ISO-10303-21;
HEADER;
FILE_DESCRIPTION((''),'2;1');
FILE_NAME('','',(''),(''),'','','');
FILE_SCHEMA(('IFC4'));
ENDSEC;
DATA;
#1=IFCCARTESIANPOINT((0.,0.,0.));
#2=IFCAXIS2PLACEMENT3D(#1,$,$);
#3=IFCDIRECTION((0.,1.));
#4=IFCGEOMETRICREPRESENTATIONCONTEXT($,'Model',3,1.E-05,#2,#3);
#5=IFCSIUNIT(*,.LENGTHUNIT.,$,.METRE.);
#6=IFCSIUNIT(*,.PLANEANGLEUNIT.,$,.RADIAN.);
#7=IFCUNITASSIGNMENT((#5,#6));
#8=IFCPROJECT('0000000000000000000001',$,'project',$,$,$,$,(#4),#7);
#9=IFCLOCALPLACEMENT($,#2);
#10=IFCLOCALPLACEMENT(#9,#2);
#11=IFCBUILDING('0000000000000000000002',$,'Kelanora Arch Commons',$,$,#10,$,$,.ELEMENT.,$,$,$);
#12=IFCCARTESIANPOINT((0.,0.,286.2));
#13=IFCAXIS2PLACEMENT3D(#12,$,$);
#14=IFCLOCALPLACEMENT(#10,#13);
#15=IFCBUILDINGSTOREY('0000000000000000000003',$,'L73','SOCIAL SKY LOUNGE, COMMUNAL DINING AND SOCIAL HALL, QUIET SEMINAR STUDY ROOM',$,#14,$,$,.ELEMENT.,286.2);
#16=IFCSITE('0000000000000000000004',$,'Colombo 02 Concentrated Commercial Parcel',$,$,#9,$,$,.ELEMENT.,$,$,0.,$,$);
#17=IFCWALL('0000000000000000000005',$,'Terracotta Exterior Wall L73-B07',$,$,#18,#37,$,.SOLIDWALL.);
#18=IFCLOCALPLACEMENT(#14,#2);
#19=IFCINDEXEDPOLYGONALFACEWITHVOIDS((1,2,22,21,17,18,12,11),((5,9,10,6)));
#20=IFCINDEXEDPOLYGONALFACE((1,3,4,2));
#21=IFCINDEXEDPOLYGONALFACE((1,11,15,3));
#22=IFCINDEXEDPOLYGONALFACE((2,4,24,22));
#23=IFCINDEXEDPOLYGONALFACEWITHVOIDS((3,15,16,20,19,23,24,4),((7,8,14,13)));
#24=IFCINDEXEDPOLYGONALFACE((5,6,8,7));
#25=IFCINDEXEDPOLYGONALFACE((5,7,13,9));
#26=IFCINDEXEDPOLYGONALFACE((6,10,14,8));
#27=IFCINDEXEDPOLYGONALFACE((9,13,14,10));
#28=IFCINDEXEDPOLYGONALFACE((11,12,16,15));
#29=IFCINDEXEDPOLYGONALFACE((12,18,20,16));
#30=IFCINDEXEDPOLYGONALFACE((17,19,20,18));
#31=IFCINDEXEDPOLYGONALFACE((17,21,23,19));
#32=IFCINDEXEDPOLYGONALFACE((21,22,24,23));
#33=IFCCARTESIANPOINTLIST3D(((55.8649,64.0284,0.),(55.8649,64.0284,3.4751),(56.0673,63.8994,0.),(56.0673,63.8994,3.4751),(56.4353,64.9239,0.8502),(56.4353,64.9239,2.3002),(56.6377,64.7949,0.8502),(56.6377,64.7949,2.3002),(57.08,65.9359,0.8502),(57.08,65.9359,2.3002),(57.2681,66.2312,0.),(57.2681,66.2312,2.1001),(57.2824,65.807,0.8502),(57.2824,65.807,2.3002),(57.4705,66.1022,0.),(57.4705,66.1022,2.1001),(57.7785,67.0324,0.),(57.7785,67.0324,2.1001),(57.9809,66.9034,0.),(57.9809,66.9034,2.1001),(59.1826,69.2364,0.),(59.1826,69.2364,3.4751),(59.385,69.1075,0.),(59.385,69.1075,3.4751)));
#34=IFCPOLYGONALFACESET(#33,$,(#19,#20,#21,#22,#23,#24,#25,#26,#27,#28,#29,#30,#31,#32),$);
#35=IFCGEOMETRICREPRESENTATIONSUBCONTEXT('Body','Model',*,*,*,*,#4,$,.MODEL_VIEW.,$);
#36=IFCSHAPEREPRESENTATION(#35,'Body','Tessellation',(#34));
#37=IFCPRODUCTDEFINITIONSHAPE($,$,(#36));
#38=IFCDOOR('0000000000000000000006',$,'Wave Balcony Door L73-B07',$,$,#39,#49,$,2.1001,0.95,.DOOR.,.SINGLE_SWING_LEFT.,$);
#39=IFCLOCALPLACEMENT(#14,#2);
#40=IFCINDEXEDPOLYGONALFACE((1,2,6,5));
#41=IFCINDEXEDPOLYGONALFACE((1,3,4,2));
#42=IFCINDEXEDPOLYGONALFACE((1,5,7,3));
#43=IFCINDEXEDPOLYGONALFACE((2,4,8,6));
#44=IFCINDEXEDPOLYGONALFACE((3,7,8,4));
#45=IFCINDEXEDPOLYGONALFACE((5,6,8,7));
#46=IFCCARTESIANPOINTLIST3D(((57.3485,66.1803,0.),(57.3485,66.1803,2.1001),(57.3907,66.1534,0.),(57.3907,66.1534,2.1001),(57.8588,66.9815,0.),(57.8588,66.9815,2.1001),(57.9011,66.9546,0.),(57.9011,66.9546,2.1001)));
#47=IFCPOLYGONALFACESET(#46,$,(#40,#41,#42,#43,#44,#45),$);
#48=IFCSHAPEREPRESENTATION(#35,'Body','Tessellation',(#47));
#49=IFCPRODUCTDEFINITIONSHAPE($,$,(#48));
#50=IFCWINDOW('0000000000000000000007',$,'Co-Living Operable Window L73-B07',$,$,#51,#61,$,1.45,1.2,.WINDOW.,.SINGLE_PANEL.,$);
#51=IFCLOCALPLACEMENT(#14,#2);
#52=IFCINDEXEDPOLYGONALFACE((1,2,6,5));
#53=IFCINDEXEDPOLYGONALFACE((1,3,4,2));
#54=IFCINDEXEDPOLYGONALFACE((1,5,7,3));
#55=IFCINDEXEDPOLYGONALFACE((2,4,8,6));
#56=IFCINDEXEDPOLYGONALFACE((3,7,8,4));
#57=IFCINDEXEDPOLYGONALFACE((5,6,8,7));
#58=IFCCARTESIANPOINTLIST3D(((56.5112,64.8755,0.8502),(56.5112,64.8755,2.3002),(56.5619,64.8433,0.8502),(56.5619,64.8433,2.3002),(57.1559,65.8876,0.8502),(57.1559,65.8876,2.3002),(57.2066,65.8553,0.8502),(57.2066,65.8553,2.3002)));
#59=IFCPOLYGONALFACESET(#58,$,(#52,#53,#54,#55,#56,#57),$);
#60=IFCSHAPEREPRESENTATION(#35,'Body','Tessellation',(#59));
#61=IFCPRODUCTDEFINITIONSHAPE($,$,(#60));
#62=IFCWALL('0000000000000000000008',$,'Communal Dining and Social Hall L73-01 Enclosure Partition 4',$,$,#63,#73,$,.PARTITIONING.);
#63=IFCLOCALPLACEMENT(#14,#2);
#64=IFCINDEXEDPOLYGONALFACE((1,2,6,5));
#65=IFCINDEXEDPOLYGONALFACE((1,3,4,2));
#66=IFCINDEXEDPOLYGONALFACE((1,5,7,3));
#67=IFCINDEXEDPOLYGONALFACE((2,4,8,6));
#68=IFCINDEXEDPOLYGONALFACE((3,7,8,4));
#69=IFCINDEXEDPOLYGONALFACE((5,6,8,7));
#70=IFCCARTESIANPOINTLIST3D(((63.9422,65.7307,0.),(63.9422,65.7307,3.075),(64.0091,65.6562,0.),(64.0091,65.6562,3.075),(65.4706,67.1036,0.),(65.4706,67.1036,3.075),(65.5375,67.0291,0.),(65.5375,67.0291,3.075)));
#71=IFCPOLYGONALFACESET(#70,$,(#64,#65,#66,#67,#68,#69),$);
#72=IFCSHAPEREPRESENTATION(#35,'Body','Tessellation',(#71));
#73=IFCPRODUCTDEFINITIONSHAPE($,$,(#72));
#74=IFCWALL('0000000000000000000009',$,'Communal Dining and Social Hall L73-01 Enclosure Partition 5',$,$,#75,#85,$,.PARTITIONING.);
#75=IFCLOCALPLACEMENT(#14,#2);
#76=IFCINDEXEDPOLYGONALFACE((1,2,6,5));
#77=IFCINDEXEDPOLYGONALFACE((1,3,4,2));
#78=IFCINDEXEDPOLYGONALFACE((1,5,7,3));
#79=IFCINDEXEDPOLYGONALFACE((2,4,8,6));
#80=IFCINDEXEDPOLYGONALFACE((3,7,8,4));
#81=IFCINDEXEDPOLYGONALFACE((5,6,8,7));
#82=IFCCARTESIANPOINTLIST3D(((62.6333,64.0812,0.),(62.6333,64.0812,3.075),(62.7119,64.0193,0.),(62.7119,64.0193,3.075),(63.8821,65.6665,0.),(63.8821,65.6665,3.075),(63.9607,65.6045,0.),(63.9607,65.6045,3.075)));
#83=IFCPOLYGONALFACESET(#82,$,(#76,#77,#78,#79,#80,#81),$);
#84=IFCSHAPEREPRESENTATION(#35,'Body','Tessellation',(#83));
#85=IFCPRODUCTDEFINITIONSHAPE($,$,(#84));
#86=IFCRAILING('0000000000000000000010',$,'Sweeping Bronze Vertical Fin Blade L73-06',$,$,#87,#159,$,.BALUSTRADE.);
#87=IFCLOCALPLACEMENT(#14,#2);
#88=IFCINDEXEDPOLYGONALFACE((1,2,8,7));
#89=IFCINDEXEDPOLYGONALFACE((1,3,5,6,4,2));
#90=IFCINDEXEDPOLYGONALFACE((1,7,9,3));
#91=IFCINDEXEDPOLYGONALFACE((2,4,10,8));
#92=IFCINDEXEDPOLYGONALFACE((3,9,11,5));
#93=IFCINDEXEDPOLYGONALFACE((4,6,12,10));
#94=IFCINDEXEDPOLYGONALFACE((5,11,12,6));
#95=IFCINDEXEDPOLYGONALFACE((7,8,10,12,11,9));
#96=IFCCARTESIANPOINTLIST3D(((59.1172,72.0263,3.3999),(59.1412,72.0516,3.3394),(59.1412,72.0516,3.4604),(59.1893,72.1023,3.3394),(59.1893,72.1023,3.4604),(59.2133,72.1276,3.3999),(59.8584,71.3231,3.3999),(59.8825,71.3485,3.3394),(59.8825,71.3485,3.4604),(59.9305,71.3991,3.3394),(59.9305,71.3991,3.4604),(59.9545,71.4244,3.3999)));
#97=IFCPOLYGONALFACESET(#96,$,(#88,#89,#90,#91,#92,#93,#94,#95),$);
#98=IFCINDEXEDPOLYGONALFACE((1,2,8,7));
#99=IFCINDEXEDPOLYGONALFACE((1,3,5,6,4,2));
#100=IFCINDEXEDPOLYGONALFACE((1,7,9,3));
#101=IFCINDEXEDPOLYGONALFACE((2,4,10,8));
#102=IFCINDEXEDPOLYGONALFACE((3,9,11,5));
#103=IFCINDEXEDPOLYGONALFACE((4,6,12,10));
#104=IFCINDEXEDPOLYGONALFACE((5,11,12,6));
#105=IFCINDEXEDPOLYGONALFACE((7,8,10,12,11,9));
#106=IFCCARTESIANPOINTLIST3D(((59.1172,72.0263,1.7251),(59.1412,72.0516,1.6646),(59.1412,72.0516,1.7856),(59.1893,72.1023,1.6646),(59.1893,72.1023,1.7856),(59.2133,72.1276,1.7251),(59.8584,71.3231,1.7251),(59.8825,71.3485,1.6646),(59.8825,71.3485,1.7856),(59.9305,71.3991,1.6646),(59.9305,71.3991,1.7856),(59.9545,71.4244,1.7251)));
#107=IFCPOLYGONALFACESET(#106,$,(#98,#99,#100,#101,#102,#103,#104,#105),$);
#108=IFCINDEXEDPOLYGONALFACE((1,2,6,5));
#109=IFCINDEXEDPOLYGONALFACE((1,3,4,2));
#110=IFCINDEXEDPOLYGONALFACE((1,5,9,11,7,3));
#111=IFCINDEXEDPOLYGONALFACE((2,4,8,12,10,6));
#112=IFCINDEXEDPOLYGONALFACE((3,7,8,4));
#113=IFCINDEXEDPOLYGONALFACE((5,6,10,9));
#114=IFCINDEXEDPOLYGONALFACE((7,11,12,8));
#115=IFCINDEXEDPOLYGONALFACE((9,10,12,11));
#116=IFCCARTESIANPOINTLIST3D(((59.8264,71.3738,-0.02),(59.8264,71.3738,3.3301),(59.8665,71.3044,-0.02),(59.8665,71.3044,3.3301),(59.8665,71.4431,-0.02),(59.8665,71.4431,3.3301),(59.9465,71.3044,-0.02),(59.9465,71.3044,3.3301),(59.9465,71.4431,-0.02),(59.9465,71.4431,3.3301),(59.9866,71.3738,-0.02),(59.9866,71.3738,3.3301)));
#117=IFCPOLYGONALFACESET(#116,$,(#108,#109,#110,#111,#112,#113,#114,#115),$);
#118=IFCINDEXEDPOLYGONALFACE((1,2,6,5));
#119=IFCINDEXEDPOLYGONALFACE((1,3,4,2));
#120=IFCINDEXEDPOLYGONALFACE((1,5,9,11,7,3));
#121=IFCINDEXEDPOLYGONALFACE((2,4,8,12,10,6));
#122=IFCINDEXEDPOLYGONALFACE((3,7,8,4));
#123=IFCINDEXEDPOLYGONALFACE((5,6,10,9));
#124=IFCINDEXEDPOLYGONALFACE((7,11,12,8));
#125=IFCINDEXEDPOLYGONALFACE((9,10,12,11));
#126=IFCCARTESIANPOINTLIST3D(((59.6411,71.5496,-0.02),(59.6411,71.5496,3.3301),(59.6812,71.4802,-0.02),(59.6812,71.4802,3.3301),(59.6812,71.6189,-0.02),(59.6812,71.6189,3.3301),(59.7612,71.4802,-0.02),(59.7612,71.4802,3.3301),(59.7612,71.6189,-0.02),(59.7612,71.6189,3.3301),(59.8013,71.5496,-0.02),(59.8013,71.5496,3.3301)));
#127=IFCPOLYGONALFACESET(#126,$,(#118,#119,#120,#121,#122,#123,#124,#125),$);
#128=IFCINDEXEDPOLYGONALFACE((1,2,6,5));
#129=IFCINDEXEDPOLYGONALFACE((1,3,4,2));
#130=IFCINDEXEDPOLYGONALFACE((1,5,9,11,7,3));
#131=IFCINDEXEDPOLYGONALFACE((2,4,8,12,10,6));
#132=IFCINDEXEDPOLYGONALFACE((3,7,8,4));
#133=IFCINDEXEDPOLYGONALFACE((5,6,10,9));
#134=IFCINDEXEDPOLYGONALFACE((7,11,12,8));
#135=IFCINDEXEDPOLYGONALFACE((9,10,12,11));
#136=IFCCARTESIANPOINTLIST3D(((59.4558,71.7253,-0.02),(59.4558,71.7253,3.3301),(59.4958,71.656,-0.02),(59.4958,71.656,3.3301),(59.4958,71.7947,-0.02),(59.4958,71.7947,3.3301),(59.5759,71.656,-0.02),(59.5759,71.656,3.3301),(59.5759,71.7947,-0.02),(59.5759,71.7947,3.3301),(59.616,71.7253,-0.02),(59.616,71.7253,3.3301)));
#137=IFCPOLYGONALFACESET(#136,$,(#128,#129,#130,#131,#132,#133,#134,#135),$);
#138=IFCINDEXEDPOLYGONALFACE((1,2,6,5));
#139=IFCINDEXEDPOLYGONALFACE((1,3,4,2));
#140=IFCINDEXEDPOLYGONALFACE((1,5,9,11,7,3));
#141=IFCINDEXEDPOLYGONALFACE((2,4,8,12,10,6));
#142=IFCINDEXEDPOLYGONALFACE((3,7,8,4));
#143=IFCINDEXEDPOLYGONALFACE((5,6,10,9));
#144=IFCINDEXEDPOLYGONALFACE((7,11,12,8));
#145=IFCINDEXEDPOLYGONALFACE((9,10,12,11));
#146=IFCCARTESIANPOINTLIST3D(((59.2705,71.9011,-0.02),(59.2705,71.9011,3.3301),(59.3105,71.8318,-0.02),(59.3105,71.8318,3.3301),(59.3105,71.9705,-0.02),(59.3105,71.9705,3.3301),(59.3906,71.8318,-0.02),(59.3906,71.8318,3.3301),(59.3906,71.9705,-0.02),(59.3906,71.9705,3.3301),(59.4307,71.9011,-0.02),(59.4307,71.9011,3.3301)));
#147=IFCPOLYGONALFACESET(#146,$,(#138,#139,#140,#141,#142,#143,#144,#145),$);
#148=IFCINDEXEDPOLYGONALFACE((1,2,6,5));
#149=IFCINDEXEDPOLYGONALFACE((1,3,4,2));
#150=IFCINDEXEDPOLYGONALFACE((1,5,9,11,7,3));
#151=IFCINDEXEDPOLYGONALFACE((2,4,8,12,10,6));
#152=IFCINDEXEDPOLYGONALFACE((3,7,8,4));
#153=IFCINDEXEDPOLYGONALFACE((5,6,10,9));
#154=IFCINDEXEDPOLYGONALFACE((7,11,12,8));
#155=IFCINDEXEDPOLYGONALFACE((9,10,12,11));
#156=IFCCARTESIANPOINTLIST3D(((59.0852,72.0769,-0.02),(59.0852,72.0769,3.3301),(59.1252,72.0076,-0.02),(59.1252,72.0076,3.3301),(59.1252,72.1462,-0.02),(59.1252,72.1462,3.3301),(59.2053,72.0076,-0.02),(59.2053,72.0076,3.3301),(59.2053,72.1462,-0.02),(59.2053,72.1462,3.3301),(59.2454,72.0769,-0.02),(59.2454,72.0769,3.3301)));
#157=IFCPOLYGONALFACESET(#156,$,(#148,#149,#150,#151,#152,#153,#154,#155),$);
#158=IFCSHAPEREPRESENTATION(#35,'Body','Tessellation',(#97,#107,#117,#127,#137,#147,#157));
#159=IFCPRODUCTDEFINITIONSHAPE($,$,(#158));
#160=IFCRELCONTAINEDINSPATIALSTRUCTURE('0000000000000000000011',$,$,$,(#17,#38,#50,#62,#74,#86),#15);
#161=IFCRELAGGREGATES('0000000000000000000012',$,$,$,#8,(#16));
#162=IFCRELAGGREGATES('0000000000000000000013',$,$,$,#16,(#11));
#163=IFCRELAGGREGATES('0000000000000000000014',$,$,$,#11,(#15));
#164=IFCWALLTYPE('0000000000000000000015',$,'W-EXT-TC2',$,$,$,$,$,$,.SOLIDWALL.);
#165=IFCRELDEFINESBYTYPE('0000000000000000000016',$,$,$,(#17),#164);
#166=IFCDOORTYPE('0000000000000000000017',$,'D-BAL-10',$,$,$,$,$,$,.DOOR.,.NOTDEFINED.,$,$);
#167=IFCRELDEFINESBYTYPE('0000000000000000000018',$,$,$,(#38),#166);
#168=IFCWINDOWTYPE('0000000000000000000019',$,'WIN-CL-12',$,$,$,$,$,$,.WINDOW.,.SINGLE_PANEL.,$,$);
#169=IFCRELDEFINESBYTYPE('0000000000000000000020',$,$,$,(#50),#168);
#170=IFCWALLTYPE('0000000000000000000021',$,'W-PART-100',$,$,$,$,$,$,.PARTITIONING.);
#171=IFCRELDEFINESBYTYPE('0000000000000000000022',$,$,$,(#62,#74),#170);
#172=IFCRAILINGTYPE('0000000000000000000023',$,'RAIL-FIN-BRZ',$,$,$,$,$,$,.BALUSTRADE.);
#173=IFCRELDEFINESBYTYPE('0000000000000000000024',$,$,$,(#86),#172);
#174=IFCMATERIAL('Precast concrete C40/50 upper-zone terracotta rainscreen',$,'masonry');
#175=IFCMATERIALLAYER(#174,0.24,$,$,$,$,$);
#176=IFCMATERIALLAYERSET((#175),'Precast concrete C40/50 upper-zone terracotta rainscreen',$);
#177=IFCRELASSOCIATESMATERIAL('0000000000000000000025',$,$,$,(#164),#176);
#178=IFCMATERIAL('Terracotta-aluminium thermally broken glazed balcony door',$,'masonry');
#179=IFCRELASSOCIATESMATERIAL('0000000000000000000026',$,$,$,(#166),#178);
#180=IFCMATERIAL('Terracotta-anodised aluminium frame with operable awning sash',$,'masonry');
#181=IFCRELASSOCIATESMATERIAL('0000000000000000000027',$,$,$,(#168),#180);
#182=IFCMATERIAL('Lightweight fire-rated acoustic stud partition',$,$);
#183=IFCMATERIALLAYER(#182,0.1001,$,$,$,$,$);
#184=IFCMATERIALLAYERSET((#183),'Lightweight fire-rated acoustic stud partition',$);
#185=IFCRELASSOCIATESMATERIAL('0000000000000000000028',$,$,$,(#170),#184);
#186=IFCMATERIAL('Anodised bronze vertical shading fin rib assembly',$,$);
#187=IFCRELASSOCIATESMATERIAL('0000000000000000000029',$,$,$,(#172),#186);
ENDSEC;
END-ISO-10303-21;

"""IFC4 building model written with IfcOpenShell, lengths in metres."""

from ifc_helpers import new_model, si_unit, direction, frame, frame_2d, origin, place, context, subcontext, project, spatial, polyline, rectangle, outline, extrude, material, layer, layer_set, type_object, element, fill, save


model = new_model("IFC4")

# Units and contexts
model_context = context("Model", 3, precision=1e-05, world=origin(), true_north=direction((0.0, 1.0)))
body_context = subcontext(model_context, "Body", "Model", "MODEL_VIEW")
ifc_project = project(units=[si_unit("LENGTHUNIT", "METRE"), si_unit("PLANEANGLEUNIT", "RADIAN")], contexts=[model_context])

# Site, building, storey
site_placement = place(None, origin())
site = spatial("IfcSite", under=ifc_project, at=site_placement, Name="Colombo 02 Concentrated Commercial Parcel", CompositionType="ELEMENT", RefElevation=0.0)
building_placement = place(site_placement, origin())
building = spatial("IfcBuilding", under=site, at=building_placement, Name="Kelanora Arch Commons", CompositionType="ELEMENT")
storey_placement = place(building_placement, frame((0.0, 0.0, 286.2)))
storey = spatial("IfcBuildingStorey", under=building, at=storey_placement, Name="L73", Description="SOCIAL SKY LOUNGE, COMMUNAL DINING AND SOCIAL HALL, QUIET SEMINAR STUDY ROOM", CompositionType="ELEMENT", Elevation=286.2)

# Shared definitions
ifc_material_1 = material(Name="Precast concrete C40/50 upper-zone terracotta rainscreen", Category="masonry")
ifc_layer_1 = layer(ifc_material_1, 0.24)
ifc_layer_set_1 = layer_set([ifc_layer_1], Name="Precast concrete C40/50 upper-zone terracotta rainscreen")
wall_type_1 = type_object("IfcWallType", Name="W-EXT-TC2", PredefinedType="SOLIDWALL", material=ifc_layer_set_1)

# Wall, openings, door, window
wall_1_placement = place(storey_placement, frame((59.2837, 69.1719, 0.0), z_axis=(0.0, 0.0, 1.0), x_axis=(-0.537272, -0.843409, 0.0)))
wall_1 = element("IfcWall", 1, at=wall_1_placement, inside=storey, type_object=wall_type_1, Name="Terracotta Exterior Wall L73-B07", PredefinedType="SOLIDWALL", context=body_context, shape_type="SweptSolid", body=[
    extrude(rectangle(XDim=6.175, YDim=0.24, at=frame_2d((3.0874, 0.0))), origin(), (0.0, 0.0, 1.0), 3.4751),
])
opening_1_placement = place(wall_1_placement, frame((2.613, 0.0, 0.0)))
opening_1 = element("IfcOpeningElement", 2, at=opening_1_placement, cuts=wall_1, PredefinedType="OPENING", context=body_context, shape_type="SweptSolid", body=[
    extrude(rectangle(XDim=0.95, YDim=2.1001, at=frame_2d((0.4751, 1.05))), frame((0.0, 0.1299, 0.0), z_axis=(0.0, -1.0, 0.0), x_axis=(1.0, 0.0, 0.0)), (0.0, 0.0, 1.0), 0.26),
])
opening_2_placement = place(wall_1_placement, frame((3.9131, 0.0, 0.8501)))
opening_2 = element("IfcOpeningElement", 3, at=opening_2_placement, cuts=wall_1, PredefinedType="OPENING", context=body_context, shape_type="SweptSolid", body=[
    extrude(rectangle(XDim=1.2, YDim=1.45, at=frame_2d((0.6001, 0.7251))), frame((0.0, 0.1299, 0.0), z_axis=(0.0, -1.0, 0.0), x_axis=(1.0, 0.0, 0.0)), (0.0, 0.0, 1.0), 0.26),
])
ifc_material_2 = material(Name="Terracotta-aluminium thermally broken glazed balcony door", Category="masonry")
door_type = type_object("IfcDoorType", Name="D-BAL-10", OperationType="NOTDEFINED", PredefinedType="DOOR", material=ifc_material_2)
door_placement = place(opening_1_placement, frame((0.95, 0.0, 0.0), z_axis=(0.0, 0.0, 1.0), x_axis=(-1.0, 0.0, 0.0)))
door = element("IfcDoor", 4, at=door_placement, inside=storey, type_object=door_type, Name="Wave Balcony Door L73-B07", OperationType="SINGLE_SWING_LEFT", OverallHeight=2.1001, OverallWidth=0.95, PredefinedType="DOOR", context=body_context, shape_type="SweptSolid", body=[
    extrude(rectangle(XDim=0.95, YDim=2.1001, at=frame_2d((0.4751, 1.05))), frame((0.0, 0.0249, 0.0), z_axis=(0.0, -1.0, 0.0), x_axis=(1.0, 0.0, 0.0)), (0.0, 0.0, 1.0), 0.05),
])
fill(opening_1, door)
ifc_material_3 = material(Name="Terracotta-anodised aluminium frame with operable awning sash", Category="masonry")
window_type_1 = type_object("IfcWindowType", Name="WIN-CL-12", PartitioningType="SINGLE_PANEL", PredefinedType="WINDOW", material=ifc_material_3)
window_1_placement = place(opening_2_placement, origin())
window_1 = element("IfcWindow", 5, at=window_1_placement, inside=storey, type_object=window_type_1, Name="Co-Living Operable Window L73-B07", OverallHeight=1.45, OverallWidth=1.2, PartitioningType="SINGLE_PANEL", PredefinedType="WINDOW", context=body_context, shape_type="SweptSolid", body=[
    extrude(rectangle(XDim=1.2, YDim=1.45, at=frame_2d((0.6001, 0.7251))), frame((0.0, 0.03, 0.0), z_axis=(0.0, -1.0, 0.0), x_axis=(1.0, 0.0, 0.0)), (0.0, 0.0, 1.0), 0.0601),
])
fill(opening_2, window_1)

# Walls
ifc_material_4 = material(Name="Lightweight fire-rated acoustic stud partition")
ifc_layer_2 = layer(ifc_material_4, 0.1001)
ifc_layer_set_2 = layer_set([ifc_layer_2], Name="Lightweight fire-rated acoustic stud partition")
wall_type_2 = type_object("IfcWallType", Name="W-PART-100", PredefinedType="PARTITIONING", material=ifc_layer_set_2)
wall_2_placement = place(storey_placement, frame((65.5042, 67.0664, 0.0), z_axis=(0.0, 0.0, 1.0), x_axis=(-0.743944, -0.668242, 0.0)))
element("IfcWall", 6, at=wall_2_placement, inside=storey, type_object=wall_type_2, Name="Communal Dining and Social Hall L73-01 Enclosure Partition 4", PredefinedType="PARTITIONING", context=body_context, shape_type="SweptSolid", body=[
    extrude(rectangle(XDim=2.0544, YDim=0.1001, at=frame_2d((1.0273, 0.0))), origin(), (0.0, 0.0, 1.0), 3.075),
])
wall_3_placement = place(storey_placement, frame((63.9214, 65.6355, 0.0), z_axis=(0.0, 0.0, 1.0), x_axis=(-0.61882, -0.785533, 0.0)))
element("IfcWall", 7, at=wall_3_placement, inside=storey, type_object=wall_type_2, Name="Communal Dining and Social Hall L73-01 Enclosure Partition 5", PredefinedType="PARTITIONING", context=body_context, shape_type="SweptSolid", body=[
    extrude(rectangle(XDim=2.0181, YDim=0.1001, at=frame_2d((1.009, 0.0))), origin(), (0.0, 0.0, 1.0), 3.075),
])

# Railing
ifc_material_5 = material(Name="Anodised bronze vertical shading fin rib assembly")
railing_type = type_object("IfcRailingType", Name="RAIL-FIN-BRZ", PredefinedType="BALUSTRADE", material=ifc_material_5)
railing_1_placement = place(storey_placement, frame((59.9065, 71.3738, -0.02)))
element("IfcRailing", 8, at=railing_1_placement, inside=storey, type_object=railing_type, Name="Sweeping Bronze Vertical Fin Blade L73-06", PredefinedType="BALUSTRADE", context=body_context, shape_type="SweptSolid", body=[
    extrude(outline(polyline([(0.0698, 0.0), (0.0349, 0.0605), (-0.0349, 0.0605), (-0.0698, 0.0), (-0.0349, -0.0605), (0.0349, -0.0605), (0.0698, 0.0)])), frame((0.0, 0.0, 3.4199), z_axis=(-0.7255, 0.688222, 0.0), x_axis=(-0.688222, -0.7255, 0.0)), (0.0, 0.0, 1.0), 1.0217),
    extrude(outline(polyline([(0.0698, 0.0), (0.0349, 0.0605), (-0.0349, 0.0605), (-0.0698, 0.0), (-0.0349, -0.0605), (0.0349, -0.0605), (0.0698, 0.0)])), frame((0.0, 0.0, 1.7451), z_axis=(-0.7255, 0.688222, 0.0), x_axis=(-0.688222, -0.7255, 0.0)), (0.0, 0.0, 1.0), 1.0217),
    extrude(outline(polyline([(0.0801, 0.0), (0.04, 0.0693), (-0.04, 0.0693), (-0.0801, 0.0), (-0.04, -0.0693), (0.04, -0.0693), (0.0801, 0.0)])), origin(), (0.0, 0.0, 1.0), 3.3501),
    extrude(outline(polyline([(0.0801, 0.0), (0.04, 0.0693), (-0.04, 0.0693), (-0.0801, 0.0), (-0.04, -0.0693), (0.04, -0.0693), (0.0801, 0.0)])), frame((-0.1853, 0.1758, 0.0)), (0.0, 0.0, 1.0), 3.3501),
    extrude(outline(polyline([(0.0801, 0.0), (0.04, 0.0693), (-0.04, 0.0693), (-0.0801, 0.0), (-0.04, -0.0693), (0.04, -0.0693), (0.0801, 0.0)])), frame((-0.3706, 0.3516, 0.0)), (0.0, 0.0, 1.0), 3.3501),
    extrude(outline(polyline([(0.0801, 0.0), (0.04, 0.0693), (-0.04, 0.0693), (-0.0801, 0.0), (-0.04, -0.0693), (0.04, -0.0693), (0.0801, 0.0)])), frame((-0.5559, 0.5273, 0.0)), (0.0, 0.0, 1.0), 3.3501),
    extrude(outline(polyline([(0.0801, 0.0), (0.04, 0.0693), (-0.04, 0.0693), (-0.0801, 0.0), (-0.04, -0.0693), (0.04, -0.0693), (0.0801, 0.0)])), frame((-0.7412, 0.7031, 0.0)), (0.0, 0.0, 1.0), 3.3501),
])

save(model, "model.ifc")
